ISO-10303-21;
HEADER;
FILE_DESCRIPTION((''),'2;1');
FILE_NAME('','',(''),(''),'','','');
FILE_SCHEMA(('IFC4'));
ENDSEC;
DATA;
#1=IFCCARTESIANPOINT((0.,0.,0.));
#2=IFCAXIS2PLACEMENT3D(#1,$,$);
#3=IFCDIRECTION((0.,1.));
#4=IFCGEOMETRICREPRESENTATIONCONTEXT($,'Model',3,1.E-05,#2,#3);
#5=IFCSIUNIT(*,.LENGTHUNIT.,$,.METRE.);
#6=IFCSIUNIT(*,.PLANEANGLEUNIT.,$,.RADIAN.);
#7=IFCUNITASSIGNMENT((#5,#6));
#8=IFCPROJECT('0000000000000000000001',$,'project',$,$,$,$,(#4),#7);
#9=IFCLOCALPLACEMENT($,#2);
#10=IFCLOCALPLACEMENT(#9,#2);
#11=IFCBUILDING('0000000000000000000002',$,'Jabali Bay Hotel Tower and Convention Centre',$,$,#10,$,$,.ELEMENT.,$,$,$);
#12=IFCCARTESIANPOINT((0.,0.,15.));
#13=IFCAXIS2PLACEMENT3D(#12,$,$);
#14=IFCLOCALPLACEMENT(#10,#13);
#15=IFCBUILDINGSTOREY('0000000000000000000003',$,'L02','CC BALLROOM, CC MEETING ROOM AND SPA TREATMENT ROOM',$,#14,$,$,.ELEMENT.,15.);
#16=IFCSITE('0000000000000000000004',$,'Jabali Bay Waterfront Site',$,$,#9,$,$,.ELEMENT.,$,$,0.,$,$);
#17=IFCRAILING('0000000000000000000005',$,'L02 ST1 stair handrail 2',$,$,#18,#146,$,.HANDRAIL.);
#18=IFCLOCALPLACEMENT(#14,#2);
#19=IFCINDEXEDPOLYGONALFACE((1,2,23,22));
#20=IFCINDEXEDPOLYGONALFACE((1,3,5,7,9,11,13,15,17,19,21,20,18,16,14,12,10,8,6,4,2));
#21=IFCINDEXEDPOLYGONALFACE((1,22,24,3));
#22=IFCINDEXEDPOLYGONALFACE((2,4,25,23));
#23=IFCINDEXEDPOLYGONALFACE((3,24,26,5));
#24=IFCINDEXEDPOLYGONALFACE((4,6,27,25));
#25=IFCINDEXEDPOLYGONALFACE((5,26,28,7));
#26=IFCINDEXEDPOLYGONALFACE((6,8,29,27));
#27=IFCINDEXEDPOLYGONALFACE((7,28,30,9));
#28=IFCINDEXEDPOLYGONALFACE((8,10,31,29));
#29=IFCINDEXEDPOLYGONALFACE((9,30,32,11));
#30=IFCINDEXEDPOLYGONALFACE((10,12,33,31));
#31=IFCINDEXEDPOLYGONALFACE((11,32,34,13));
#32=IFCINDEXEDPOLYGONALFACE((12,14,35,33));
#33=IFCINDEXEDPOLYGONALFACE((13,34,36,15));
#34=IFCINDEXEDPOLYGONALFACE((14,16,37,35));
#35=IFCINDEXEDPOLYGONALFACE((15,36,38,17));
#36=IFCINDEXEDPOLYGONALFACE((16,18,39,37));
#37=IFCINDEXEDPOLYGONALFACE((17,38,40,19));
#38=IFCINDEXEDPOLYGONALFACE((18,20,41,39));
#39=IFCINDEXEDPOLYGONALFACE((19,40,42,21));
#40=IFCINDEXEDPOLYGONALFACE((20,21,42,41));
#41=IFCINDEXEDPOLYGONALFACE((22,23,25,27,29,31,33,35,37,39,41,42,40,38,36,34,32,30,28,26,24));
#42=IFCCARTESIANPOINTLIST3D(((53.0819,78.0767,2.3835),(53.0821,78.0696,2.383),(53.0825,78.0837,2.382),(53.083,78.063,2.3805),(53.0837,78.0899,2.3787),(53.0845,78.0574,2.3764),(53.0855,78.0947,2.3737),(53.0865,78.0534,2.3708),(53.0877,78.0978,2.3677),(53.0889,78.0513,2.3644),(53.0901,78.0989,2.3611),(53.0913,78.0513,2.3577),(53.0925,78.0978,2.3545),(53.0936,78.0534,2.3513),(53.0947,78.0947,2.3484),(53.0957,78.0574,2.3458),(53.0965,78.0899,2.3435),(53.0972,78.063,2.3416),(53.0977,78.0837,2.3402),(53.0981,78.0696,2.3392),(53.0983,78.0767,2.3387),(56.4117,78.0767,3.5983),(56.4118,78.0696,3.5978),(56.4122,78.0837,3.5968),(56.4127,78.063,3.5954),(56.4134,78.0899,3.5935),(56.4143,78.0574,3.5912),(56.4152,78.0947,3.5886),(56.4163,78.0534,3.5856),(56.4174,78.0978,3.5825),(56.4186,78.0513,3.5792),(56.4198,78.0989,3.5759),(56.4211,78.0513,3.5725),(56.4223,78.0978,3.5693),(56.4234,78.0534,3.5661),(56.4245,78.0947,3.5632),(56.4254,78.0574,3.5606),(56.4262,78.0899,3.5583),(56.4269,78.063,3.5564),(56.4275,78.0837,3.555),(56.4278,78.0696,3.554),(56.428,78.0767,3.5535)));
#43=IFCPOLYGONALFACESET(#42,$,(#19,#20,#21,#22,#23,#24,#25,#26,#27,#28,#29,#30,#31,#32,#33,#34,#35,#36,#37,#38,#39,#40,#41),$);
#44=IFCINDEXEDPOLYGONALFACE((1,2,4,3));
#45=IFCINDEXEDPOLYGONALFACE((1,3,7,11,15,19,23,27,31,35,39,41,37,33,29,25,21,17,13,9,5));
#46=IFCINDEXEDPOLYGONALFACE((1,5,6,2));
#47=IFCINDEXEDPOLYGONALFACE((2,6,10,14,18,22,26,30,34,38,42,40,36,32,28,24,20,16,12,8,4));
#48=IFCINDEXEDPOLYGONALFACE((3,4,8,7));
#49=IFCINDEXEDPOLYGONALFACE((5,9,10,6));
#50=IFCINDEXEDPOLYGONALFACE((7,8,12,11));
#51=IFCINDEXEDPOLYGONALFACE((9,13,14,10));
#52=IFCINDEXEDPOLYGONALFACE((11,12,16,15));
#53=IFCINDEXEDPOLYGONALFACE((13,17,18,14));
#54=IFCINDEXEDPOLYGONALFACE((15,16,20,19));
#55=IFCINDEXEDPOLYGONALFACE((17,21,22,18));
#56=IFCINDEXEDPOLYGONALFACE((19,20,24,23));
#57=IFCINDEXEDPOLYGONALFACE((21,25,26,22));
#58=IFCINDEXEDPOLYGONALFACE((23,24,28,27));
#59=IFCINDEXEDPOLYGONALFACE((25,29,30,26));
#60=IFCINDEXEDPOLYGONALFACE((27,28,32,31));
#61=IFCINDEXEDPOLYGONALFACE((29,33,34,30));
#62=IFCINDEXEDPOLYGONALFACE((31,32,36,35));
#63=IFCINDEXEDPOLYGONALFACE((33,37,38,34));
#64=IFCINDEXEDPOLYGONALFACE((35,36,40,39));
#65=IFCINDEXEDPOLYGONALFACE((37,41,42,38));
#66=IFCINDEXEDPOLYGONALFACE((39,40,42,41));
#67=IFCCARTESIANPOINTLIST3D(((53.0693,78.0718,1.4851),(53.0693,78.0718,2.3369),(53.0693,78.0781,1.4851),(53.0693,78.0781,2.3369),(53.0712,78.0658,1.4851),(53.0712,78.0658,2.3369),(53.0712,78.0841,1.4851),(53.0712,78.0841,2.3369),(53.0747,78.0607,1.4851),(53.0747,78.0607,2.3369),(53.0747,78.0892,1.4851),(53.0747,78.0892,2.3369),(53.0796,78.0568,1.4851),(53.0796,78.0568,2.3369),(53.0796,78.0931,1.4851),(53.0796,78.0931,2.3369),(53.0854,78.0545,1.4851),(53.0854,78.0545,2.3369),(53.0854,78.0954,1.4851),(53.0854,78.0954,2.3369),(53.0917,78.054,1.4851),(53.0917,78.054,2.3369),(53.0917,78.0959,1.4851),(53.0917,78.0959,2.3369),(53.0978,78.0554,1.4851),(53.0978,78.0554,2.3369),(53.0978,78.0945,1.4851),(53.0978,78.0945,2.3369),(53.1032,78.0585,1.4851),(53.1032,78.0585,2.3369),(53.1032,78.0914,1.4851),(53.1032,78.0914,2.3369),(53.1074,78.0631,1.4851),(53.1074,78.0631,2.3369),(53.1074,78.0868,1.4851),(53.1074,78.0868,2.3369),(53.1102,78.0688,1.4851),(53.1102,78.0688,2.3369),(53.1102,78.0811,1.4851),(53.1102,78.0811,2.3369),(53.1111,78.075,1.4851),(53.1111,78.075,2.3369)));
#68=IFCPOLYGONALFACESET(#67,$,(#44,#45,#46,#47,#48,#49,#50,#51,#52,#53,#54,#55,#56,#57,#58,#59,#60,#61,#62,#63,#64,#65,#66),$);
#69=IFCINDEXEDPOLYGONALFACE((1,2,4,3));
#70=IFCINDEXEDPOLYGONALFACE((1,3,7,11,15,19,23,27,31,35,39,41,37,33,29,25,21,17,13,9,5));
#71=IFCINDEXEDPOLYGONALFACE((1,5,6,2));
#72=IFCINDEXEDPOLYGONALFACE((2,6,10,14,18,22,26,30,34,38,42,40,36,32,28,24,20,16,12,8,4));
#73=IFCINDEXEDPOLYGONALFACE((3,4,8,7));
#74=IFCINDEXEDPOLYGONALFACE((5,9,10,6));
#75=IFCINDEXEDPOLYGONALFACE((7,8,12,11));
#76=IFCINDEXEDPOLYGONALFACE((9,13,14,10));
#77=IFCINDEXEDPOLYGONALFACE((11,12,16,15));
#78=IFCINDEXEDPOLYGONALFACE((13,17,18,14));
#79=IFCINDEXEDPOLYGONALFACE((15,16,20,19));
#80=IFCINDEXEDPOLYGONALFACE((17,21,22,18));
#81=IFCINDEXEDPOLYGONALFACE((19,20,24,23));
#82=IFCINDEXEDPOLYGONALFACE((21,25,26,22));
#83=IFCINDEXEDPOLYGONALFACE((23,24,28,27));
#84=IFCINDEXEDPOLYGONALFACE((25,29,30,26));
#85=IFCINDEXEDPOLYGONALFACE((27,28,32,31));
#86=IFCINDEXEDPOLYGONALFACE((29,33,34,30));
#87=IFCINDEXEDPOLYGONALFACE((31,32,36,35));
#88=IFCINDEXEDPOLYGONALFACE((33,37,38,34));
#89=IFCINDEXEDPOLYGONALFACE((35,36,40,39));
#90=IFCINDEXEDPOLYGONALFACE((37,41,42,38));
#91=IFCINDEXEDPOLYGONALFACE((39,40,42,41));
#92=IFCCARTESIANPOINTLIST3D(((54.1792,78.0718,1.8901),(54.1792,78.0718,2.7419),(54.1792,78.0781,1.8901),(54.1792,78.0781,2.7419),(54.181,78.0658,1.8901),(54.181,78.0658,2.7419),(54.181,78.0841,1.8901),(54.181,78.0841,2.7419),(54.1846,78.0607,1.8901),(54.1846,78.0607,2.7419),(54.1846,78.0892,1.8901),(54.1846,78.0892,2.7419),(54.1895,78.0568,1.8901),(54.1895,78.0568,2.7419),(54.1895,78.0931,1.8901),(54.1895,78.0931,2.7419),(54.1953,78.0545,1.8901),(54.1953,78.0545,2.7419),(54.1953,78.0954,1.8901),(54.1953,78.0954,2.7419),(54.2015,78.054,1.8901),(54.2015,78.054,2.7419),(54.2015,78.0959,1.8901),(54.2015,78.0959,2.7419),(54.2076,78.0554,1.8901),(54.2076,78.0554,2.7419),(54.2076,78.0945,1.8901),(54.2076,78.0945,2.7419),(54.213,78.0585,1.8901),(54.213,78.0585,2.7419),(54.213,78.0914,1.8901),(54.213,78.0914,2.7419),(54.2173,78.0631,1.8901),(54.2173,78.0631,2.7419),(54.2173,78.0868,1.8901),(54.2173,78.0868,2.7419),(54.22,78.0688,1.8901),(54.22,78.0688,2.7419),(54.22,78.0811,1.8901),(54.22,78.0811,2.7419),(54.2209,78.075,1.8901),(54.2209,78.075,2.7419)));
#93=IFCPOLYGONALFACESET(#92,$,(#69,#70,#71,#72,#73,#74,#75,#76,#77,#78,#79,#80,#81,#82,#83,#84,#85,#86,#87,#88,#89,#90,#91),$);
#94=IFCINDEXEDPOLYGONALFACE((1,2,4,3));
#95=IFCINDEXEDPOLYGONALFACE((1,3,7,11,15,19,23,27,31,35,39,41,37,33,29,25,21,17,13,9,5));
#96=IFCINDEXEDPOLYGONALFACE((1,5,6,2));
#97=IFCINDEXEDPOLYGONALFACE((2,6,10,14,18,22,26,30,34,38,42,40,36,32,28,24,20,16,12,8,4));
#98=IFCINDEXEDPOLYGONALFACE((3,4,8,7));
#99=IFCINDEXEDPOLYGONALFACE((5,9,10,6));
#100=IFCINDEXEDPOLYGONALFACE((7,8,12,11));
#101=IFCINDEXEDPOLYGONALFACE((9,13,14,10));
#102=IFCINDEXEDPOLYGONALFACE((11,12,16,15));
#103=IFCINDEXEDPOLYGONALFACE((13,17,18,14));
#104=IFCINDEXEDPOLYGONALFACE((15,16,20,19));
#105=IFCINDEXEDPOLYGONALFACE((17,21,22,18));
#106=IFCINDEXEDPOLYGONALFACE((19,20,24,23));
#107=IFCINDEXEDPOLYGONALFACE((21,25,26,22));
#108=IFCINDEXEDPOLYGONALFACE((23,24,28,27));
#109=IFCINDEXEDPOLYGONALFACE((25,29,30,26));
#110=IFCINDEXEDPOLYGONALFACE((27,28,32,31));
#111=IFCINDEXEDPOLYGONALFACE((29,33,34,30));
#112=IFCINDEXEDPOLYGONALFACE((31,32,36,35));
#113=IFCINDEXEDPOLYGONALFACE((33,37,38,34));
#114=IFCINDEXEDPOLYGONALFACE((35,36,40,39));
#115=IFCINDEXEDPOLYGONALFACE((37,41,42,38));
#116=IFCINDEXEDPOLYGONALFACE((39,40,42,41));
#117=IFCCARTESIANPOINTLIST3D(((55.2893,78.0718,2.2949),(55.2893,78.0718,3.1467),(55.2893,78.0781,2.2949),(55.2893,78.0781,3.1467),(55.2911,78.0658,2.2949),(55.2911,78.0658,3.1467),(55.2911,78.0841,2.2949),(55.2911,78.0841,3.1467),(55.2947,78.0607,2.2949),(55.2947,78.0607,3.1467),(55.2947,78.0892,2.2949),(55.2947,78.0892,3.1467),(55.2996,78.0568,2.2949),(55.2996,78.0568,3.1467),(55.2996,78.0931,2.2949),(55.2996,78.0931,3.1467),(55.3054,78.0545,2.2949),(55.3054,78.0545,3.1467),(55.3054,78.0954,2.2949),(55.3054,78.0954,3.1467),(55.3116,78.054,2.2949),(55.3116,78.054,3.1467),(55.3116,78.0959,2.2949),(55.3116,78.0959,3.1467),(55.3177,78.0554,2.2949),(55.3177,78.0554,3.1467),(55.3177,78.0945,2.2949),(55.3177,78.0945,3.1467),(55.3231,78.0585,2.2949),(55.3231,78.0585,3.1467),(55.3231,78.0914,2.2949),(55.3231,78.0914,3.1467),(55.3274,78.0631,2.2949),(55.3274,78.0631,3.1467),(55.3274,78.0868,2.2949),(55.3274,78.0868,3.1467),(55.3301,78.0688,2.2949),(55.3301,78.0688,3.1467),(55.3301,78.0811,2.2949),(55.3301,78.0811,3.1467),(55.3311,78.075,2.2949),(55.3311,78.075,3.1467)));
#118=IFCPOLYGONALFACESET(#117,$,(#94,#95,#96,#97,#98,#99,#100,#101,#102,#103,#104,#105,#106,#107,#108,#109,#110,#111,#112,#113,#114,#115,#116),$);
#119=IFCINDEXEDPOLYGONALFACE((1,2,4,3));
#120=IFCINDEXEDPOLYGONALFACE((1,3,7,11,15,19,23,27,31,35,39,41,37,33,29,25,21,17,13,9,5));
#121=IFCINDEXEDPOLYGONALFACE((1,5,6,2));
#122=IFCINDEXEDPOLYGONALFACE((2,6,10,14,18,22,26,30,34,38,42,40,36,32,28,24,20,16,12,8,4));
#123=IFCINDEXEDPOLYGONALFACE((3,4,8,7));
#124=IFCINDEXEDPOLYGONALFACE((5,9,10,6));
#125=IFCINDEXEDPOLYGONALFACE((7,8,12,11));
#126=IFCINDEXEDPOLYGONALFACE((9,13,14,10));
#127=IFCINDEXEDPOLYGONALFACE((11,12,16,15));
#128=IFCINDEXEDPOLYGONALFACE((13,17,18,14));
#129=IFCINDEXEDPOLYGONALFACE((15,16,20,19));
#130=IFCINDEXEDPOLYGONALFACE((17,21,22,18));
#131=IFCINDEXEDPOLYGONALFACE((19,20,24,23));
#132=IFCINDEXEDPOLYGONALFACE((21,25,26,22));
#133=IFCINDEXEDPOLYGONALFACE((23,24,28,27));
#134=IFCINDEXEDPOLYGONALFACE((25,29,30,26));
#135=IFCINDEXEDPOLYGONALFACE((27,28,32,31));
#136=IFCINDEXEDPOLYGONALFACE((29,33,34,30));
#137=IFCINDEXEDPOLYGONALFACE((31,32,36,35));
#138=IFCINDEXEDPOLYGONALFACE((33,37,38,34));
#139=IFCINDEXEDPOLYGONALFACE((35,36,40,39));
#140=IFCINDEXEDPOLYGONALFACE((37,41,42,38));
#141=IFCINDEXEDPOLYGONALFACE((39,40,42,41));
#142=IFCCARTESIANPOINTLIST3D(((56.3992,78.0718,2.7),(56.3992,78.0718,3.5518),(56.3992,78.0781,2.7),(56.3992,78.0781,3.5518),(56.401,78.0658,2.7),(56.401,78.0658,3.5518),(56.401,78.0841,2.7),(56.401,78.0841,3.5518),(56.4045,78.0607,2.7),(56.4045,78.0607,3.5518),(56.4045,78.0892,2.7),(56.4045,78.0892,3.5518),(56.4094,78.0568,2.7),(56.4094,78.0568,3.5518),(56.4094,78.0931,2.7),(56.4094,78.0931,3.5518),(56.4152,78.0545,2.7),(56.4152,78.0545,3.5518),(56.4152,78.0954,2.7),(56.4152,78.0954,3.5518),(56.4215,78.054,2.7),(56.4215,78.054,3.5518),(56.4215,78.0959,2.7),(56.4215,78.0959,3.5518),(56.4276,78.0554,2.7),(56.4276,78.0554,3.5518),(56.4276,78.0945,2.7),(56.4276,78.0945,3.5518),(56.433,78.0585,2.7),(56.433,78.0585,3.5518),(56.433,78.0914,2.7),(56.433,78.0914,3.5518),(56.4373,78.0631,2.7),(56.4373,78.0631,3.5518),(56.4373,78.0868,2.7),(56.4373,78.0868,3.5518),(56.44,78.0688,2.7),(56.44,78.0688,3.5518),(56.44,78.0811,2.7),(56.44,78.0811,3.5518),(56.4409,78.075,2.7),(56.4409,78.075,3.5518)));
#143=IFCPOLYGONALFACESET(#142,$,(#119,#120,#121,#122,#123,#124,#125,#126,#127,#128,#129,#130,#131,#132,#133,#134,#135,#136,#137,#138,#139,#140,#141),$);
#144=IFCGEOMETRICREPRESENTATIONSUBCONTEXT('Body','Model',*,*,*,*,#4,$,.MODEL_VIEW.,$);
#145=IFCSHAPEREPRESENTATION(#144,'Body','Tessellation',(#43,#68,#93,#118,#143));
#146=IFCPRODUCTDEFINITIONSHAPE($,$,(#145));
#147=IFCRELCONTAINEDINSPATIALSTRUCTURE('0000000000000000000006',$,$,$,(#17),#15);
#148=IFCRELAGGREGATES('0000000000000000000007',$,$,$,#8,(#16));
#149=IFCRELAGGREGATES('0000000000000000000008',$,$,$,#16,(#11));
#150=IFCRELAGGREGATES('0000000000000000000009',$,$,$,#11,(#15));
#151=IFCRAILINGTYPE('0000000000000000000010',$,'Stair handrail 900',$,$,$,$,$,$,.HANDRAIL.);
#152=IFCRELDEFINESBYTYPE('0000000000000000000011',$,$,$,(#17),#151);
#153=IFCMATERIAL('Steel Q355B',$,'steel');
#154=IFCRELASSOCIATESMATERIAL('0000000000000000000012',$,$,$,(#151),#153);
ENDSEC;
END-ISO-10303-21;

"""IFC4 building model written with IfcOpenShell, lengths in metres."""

from ifc_helpers import new_model, si_unit, direction, frame, origin, origin_2d, place, context, subcontext, project, spatial, circle, extrude, material, type_object, element, save


model = new_model("IFC4")

# Units and contexts
model_context = context("Model", 3, precision=1e-05, world=origin(), true_north=direction((0.0, 1.0)))
body_context = subcontext(model_context, "Body", "Model", "MODEL_VIEW")
ifc_project = project(units=[si_unit("LENGTHUNIT", "METRE"), si_unit("PLANEANGLEUNIT", "RADIAN")], contexts=[model_context])

# Site, building, storey
site_placement = place(None, origin())
site = spatial("IfcSite", under=ifc_project, at=site_placement, Name="Jabali Bay Waterfront Site", CompositionType="ELEMENT", RefElevation=0.0)
building_placement = place(site_placement, origin())
building = spatial("IfcBuilding", under=site, at=building_placement, Name="Jabali Bay Hotel Tower and Convention Centre", CompositionType="ELEMENT")
storey_placement = place(building_placement, frame((0.0, 0.0, 15.0)))
storey = spatial("IfcBuildingStorey", under=building, at=storey_placement, Name="L02", Description="CC BALLROOM, CC MEETING ROOM AND SPA TREATMENT ROOM", CompositionType="ELEMENT", Elevation=15.0)

# Railing
ifc_material_1 = material(Name="Steel Q355B", Category="steel")
railing_type_1 = type_object("IfcRailingType", Name="Stair handrail 900", PredefinedType="HANDRAIL", material=ifc_material_1)
railing_1_placement = place(storey_placement, frame((53.0901, 78.075, 1.4851)))
element("IfcRailing", 1, at=railing_1_placement, inside=storey, type_object=railing_type_1, Name="L02 ST1 stair handrail 2", PredefinedType="HANDRAIL", context=body_context, shape_type="SweptSolid", body=[
    extrude(circle(Radius=0.0239, at=origin_2d()), frame((0.0, 0.0, 0.876), z_axis=(0.939431, 0.0, 0.342738), x_axis=(0.0, 1.0, 0.0)), (0.0, 0.0, 1.0), 3.5444),
    extrude(circle(Radius=0.021, at=origin_2d()), origin(), (0.0, 0.0, 1.0), 0.8518),
    extrude(circle(Radius=0.021, at=origin_2d()), frame((1.1099, 0.0, 0.405)), (0.0, 0.0, 1.0), 0.8518),
    extrude(circle(Radius=0.021, at=origin_2d()), frame((2.22, 0.0, 0.8098)), (0.0, 0.0, 1.0), 0.8518),
    extrude(circle(Radius=0.021, at=origin_2d()), frame((3.3298, 0.0, 1.2148)), (0.0, 0.0, 1.0), 0.8518),
])

save(model, "model.ifc")
